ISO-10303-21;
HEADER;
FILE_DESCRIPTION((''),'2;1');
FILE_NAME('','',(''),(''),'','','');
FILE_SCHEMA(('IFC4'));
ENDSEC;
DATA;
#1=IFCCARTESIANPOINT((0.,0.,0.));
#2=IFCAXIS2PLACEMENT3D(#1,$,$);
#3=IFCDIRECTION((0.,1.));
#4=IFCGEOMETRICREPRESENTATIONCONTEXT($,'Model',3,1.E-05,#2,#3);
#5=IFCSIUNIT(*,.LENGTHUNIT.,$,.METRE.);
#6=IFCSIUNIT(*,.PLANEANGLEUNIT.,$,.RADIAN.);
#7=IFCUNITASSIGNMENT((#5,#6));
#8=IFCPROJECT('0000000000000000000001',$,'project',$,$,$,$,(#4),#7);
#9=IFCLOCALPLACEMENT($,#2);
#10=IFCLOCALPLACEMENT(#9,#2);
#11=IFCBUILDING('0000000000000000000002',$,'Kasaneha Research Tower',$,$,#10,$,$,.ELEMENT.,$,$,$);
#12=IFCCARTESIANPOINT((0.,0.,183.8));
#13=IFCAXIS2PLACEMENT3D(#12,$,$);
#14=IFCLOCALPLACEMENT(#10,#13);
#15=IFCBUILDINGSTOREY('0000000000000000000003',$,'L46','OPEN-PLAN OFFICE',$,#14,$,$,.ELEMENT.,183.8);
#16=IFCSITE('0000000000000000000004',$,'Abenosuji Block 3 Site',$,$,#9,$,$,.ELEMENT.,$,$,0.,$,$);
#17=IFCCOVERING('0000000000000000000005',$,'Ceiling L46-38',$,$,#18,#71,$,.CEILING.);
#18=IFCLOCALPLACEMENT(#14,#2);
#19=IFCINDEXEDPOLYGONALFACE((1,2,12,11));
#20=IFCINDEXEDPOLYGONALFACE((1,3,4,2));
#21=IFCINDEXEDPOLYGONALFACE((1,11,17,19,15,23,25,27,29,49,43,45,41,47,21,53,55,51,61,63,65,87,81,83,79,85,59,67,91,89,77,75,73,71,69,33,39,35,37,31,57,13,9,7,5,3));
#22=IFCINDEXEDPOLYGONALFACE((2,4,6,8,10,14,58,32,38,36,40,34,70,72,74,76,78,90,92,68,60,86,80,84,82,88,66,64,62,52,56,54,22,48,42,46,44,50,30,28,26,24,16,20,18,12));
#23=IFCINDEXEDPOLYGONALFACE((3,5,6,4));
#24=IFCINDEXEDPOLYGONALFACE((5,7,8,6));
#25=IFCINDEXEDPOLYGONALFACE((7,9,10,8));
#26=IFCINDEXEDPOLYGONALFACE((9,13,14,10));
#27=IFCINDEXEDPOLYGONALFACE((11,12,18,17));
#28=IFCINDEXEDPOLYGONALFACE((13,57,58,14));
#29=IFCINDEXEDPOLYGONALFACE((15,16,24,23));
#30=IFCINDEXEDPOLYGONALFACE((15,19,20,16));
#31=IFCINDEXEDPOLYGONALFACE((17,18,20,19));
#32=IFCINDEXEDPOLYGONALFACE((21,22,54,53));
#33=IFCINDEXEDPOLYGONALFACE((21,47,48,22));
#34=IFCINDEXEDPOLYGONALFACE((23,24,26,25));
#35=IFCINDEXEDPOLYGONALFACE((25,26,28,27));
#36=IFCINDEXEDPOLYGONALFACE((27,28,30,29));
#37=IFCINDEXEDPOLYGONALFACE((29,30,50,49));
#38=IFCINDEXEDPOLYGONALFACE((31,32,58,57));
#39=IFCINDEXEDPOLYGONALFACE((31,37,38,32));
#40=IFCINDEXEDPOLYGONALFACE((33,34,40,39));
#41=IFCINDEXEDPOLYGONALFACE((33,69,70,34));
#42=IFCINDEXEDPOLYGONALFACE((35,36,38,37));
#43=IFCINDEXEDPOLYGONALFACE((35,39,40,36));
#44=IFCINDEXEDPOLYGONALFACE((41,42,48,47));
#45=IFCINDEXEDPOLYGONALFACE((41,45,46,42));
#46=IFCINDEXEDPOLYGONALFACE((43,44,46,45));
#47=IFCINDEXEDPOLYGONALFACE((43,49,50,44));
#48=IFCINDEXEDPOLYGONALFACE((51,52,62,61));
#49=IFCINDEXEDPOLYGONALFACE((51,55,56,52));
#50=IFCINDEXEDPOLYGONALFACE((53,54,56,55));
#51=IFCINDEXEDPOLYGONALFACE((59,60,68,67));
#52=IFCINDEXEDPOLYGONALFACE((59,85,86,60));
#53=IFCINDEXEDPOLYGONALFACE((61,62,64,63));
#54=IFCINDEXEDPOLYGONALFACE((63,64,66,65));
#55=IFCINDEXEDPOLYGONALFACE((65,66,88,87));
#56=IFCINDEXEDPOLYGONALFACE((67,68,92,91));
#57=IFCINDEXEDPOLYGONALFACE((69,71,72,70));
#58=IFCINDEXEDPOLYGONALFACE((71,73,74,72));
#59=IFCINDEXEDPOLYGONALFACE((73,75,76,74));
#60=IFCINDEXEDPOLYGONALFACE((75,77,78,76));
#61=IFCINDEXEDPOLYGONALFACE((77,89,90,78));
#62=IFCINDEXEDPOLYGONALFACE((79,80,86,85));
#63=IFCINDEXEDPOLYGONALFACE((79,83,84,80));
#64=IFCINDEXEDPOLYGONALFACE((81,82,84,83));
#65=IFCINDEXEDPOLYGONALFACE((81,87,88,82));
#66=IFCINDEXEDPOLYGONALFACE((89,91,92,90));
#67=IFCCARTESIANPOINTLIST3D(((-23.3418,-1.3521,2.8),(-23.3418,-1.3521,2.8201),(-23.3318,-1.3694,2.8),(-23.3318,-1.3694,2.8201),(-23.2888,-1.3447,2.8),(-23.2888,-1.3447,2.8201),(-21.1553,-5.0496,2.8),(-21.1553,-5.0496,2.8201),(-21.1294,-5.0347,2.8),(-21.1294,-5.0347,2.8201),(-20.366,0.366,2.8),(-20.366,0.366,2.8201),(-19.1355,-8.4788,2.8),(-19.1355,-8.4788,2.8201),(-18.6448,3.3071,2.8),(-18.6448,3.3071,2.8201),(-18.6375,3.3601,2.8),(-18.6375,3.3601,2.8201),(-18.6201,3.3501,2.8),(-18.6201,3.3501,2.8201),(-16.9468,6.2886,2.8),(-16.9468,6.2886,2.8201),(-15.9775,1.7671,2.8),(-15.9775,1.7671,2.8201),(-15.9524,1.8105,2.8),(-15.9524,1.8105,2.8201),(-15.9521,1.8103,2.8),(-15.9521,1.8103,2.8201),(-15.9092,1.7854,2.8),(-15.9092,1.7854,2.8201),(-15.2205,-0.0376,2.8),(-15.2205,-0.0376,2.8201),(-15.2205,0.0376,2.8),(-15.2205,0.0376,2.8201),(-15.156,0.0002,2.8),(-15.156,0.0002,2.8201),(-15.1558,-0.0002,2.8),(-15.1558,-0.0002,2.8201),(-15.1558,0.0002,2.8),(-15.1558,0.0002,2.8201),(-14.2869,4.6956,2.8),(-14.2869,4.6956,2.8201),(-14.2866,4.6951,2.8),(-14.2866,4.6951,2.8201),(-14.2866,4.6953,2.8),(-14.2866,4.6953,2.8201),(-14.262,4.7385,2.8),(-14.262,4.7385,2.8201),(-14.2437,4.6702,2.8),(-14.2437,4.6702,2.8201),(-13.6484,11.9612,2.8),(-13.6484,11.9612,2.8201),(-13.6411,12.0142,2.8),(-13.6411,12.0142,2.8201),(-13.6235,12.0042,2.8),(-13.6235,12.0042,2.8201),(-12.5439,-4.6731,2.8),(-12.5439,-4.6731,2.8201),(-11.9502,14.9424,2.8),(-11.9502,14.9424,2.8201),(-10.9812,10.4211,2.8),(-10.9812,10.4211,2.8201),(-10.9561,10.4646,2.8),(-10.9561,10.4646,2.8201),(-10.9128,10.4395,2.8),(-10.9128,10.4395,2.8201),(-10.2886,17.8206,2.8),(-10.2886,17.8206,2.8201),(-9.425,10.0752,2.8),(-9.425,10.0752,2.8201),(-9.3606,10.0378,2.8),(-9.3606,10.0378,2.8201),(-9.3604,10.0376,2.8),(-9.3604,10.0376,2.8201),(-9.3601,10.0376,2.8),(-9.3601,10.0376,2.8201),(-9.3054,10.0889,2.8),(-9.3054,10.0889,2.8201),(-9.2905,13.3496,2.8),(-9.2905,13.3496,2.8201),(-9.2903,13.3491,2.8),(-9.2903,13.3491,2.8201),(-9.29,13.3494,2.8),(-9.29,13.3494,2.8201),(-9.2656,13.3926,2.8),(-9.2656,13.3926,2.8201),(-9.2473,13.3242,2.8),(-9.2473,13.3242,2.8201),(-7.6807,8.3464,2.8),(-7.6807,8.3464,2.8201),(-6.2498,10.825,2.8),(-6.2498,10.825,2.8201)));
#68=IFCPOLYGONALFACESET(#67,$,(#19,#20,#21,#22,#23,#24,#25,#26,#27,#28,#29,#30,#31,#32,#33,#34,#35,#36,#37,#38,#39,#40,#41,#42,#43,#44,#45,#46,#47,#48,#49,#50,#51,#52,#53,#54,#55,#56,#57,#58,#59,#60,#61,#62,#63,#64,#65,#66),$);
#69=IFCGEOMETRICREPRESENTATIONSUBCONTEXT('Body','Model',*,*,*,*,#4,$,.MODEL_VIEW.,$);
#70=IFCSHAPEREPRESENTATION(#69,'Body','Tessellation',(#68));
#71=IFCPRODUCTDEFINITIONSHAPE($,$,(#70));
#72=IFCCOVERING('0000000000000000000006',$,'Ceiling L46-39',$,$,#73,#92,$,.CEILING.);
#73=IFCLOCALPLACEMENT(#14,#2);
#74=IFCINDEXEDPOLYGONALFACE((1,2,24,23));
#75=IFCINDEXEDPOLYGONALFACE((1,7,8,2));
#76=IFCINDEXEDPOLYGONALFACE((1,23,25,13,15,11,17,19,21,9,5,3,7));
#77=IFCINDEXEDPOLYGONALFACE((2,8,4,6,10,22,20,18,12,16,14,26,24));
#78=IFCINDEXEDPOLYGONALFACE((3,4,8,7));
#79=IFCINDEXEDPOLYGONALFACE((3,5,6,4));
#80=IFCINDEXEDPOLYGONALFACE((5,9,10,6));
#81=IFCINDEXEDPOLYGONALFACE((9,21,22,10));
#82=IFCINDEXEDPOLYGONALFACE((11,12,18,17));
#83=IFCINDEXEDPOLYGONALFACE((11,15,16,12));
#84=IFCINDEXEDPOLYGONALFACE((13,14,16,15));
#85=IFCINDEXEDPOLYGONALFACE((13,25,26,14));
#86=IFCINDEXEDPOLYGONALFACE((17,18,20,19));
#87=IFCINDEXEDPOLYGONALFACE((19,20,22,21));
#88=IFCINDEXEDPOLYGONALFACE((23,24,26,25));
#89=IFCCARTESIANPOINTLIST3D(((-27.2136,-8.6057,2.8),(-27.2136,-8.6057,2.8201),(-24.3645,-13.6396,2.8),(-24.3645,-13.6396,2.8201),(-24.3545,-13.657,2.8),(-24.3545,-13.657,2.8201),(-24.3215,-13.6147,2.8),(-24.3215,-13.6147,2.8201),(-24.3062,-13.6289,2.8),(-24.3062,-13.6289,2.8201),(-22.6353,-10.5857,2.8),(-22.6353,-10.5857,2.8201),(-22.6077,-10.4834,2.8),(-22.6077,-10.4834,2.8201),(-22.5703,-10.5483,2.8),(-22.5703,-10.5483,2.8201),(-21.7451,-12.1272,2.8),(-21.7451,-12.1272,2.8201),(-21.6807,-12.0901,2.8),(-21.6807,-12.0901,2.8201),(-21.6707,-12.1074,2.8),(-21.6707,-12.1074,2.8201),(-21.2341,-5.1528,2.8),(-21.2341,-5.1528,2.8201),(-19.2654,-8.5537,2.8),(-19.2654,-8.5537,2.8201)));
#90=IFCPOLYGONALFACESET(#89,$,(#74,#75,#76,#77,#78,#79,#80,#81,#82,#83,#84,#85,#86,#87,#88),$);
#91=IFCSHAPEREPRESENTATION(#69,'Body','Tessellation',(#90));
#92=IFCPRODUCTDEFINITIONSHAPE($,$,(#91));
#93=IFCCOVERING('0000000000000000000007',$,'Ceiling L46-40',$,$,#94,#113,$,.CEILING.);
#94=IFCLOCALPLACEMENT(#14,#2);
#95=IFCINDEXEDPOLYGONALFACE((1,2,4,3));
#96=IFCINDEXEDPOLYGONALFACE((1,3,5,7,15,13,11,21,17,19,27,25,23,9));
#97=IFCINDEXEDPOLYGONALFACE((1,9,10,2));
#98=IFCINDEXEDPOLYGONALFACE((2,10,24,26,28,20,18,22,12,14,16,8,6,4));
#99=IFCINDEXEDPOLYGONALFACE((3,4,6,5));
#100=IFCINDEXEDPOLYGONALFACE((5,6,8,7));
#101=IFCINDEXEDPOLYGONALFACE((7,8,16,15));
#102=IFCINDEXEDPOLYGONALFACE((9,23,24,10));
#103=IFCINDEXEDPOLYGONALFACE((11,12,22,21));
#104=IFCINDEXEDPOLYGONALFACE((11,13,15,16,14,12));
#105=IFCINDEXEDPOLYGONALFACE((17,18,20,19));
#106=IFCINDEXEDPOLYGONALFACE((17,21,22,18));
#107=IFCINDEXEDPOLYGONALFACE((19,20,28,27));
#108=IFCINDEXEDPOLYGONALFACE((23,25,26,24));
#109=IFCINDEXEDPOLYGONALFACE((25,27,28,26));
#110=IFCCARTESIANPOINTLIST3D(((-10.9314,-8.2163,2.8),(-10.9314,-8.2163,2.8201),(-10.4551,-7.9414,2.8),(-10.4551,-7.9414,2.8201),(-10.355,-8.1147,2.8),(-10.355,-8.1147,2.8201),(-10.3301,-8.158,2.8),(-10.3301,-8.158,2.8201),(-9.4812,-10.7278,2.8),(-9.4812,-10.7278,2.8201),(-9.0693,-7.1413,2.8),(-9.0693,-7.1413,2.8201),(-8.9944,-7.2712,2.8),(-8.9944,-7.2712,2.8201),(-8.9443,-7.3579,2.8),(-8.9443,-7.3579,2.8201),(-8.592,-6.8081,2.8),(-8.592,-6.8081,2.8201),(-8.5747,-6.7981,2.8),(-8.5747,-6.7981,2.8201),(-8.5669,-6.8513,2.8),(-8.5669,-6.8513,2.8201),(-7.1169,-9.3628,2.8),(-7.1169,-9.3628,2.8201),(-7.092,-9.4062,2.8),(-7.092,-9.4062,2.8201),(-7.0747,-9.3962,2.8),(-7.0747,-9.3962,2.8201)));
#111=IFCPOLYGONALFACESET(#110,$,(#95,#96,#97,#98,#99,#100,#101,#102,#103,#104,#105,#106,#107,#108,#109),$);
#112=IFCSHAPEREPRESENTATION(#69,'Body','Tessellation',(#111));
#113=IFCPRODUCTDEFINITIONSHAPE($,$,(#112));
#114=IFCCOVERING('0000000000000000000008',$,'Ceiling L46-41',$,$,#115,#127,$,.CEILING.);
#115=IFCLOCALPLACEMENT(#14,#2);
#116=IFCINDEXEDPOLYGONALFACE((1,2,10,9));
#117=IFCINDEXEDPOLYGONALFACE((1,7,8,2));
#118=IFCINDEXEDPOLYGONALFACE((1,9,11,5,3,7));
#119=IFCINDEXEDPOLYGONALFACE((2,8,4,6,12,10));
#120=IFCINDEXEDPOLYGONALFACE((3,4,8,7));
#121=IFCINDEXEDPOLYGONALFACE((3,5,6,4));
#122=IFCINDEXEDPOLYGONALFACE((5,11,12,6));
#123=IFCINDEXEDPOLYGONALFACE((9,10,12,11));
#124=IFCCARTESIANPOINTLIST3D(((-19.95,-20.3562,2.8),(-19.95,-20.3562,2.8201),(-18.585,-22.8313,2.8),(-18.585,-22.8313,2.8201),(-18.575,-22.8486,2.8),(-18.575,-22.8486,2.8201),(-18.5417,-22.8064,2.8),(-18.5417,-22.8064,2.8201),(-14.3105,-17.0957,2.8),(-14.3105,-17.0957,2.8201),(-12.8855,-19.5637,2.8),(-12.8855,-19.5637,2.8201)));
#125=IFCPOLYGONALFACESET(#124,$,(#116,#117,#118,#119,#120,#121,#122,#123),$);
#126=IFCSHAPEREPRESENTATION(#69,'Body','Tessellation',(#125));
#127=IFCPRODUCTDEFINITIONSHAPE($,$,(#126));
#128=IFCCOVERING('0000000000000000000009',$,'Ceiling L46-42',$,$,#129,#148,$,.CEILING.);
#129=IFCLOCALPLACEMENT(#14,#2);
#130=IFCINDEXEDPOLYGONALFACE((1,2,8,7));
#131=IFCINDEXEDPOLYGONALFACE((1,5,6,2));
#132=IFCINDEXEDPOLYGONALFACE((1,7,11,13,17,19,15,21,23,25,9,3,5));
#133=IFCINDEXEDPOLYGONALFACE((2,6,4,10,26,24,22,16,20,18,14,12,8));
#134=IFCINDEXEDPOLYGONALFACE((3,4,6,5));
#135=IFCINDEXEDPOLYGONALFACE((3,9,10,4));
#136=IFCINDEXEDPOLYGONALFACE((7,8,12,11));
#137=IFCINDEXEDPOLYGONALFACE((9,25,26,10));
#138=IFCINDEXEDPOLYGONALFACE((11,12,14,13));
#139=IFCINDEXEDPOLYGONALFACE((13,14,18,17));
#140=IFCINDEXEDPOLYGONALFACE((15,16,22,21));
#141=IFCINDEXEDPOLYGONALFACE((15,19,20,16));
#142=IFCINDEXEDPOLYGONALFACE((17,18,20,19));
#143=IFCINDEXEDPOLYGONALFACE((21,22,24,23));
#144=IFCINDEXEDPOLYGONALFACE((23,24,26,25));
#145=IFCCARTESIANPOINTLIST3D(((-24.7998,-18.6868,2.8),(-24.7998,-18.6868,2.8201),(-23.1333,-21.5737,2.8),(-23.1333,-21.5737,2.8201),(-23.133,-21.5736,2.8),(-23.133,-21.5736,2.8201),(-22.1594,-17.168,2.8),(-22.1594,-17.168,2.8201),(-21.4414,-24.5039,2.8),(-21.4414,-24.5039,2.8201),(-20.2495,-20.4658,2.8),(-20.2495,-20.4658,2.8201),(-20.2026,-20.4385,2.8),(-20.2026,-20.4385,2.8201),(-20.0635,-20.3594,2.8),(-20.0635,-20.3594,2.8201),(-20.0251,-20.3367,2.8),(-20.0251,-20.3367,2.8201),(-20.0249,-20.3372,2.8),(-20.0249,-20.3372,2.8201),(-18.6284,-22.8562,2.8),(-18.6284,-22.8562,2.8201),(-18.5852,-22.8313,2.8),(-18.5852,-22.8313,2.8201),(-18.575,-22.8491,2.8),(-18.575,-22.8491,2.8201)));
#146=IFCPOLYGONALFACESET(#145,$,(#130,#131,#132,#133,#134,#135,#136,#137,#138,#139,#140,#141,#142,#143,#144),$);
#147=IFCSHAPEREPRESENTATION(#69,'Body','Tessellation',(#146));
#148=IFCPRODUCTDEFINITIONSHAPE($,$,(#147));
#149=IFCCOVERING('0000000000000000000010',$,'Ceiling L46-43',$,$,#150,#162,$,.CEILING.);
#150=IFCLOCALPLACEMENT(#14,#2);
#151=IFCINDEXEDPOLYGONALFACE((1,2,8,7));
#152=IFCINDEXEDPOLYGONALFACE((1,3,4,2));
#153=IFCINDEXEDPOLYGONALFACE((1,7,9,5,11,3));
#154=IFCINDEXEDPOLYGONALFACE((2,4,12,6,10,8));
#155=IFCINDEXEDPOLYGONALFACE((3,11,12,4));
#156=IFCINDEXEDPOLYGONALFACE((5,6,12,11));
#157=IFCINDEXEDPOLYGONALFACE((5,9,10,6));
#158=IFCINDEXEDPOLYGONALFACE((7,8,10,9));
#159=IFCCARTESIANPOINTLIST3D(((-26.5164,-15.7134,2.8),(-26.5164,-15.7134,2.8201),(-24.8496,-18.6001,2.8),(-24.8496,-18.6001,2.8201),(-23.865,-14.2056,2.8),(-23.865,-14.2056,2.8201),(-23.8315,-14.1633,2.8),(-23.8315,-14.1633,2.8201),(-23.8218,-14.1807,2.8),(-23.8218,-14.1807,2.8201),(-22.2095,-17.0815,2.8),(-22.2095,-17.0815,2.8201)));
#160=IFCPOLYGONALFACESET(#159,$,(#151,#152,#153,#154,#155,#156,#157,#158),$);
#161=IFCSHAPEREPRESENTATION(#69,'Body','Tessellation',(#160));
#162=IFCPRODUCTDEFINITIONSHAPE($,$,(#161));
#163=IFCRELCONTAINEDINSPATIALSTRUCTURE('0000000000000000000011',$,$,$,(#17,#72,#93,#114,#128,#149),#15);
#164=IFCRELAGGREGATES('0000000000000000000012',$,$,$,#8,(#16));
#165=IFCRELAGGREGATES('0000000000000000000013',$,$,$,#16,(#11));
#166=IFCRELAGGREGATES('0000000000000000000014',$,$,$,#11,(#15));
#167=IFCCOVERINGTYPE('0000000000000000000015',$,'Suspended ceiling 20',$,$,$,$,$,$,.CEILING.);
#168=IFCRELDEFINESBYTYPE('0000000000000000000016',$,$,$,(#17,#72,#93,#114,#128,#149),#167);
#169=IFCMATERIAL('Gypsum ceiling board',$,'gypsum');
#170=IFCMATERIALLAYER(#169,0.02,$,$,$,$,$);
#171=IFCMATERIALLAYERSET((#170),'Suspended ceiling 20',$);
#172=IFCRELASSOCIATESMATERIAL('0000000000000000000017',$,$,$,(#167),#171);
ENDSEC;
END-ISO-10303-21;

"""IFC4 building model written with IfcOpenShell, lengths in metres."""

from ifc_helpers import new_model, si_unit, direction, frame, origin, place, context, subcontext, project, spatial, polyline, outline, extrude, material, layer, layer_set, type_object, element, save


model = new_model("IFC4")

# Units and contexts
model_context = context("Model", 3, precision=1e-05, world=origin(), true_north=direction((0.0, 1.0)))
body_context = subcontext(model_context, "Body", "Model", "MODEL_VIEW")
ifc_project = project(units=[si_unit("LENGTHUNIT", "METRE"), si_unit("PLANEANGLEUNIT", "RADIAN")], contexts=[model_context])

# Site, building, storey
site_placement = place(None, origin())
site = spatial("IfcSite", under=ifc_project, at=site_placement, Name="Abenosuji Block 3 Site", CompositionType="ELEMENT", RefElevation=0.0)
building_placement = place(site_placement, origin())
building = spatial("IfcBuilding", under=site, at=building_placement, Name="Kasaneha Research Tower", CompositionType="ELEMENT")
storey_placement = place(building_placement, frame((0.0, 0.0, 183.8)))
storey = spatial("IfcBuildingStorey", under=building, at=storey_placement, Name="L46", Description="OPEN-PLAN OFFICE", CompositionType="ELEMENT", Elevation=183.8)

# Coverings
ifc_material_1 = material(Name="Gypsum ceiling board", Category="gypsum")
ifc_layer_1 = layer(ifc_material_1, 0.02)
ifc_layer_set_1 = layer_set([ifc_layer_1], Name="Suspended ceiling 20")
covering_type_1 = type_object("IfcCoveringType", Name="Suspended ceiling 20", PredefinedType="CEILING", material=ifc_layer_set_1)
covering_1_placement = place(storey_placement, frame((0.0, 0.0, 2.8)))
element("IfcCovering", 1, at=covering_1_placement, inside=storey, type_object=covering_type_1, Name="Ceiling L46-38", PredefinedType="CEILING", context=body_context, shape_type="SweptSolid", body=[
    extrude(outline(polyline([(-9.3606, 10.0378), (-9.3606, 10.0378), (-9.425, 10.0752), (-15.2205, 0.0376), (-15.1558, 0.0002), (-15.156, 0.0002), (-15.1558, -0.0002), (-15.2205, -0.0376), (-12.5439, -4.6731), (-19.1355, -8.4788), (-21.1294, -5.0347), (-21.1553, -5.0496), (-23.2888, -1.3447), (-23.3318, -1.3694), (-23.3418, -1.3521), (-20.366, 0.366), (-18.6375, 3.3601), (-18.6201, 3.3501), (-18.6448, 3.3071), (-15.9775, 1.7671), (-15.9524, 1.8105), (-15.9521, 1.8103), (-15.9521, 1.8103), (-15.9092, 1.7854), (-14.2437, 4.6702), (-14.2866, 4.6951), (-14.2866, 4.6953), (-14.2869, 4.6956), (-14.262, 4.7385), (-16.9468, 6.2886), (-13.6411, 12.0142), (-13.6235, 12.0042), (-13.6484, 11.9612), (-10.9812, 10.4211), (-10.9561, 10.4646), (-10.9128, 10.4395), (-9.2473, 13.3242), (-9.2903, 13.3491), (-9.29, 13.3494), (-9.2905, 13.3496), (-9.2656, 13.3926), (-11.9502, 14.9424), (-10.2886, 17.8206), (-6.2498, 10.825), (-7.6807, 8.3464), (-9.3054, 10.0889), (-9.3601, 10.0376), (-9.3604, 10.0376), (-9.3606, 10.0378)])), origin(), (0.0, 0.0, 1.0), 0.02),
])
covering_2_placement = place(storey_placement, frame((0.0, 0.0, 2.8)))
element("IfcCovering", 2, at=covering_2_placement, inside=storey, type_object=covering_type_1, Name="Ceiling L46-39", PredefinedType="CEILING", context=body_context, shape_type="SweptSolid", body=[
    extrude(outline(polyline([(-24.3062, -13.6289), (-24.3545, -13.657), (-24.3645, -13.6396), (-24.3215, -13.6147), (-27.2136, -8.6057), (-21.2341, -5.1528), (-19.2654, -8.5537), (-22.6077, -10.4834), (-22.5703, -10.5483), (-22.6353, -10.5857), (-21.7451, -12.1272), (-21.6807, -12.0901), (-21.6707, -12.1074), (-24.3062, -13.6289)])), origin(), (0.0, 0.0, 1.0), 0.02),
])
covering_3_placement = place(storey_placement, frame((0.0, 0.0, 2.8)))
element("IfcCovering", 3, at=covering_3_placement, inside=storey, type_object=covering_type_1, Name="Ceiling L46-40", PredefinedType="CEILING", context=body_context, shape_type="SweptSolid", body=[
    extrude(outline(polyline([(-10.355, -8.1147), (-10.355, -8.1147), (-10.3301, -8.158), (-8.9443, -7.3579), (-8.9944, -7.2712), (-8.9944, -7.2712), (-9.0942, -7.0981), (-9.0942, -7.0981), (-9.0693, -7.1414), (-8.5669, -6.8513), (-8.592, -6.8081), (-8.5747, -6.7981), (-7.0747, -9.3962), (-7.092, -9.4062), (-7.1169, -9.3628), (-9.4812, -10.7278), (-10.9314, -8.2163), (-10.4551, -7.9414), (-10.355, -8.1147)])), origin(), (0.0, 0.0, 1.0), 0.02),
])
covering_4_placement = place(storey_placement, frame((0.0, 0.0, 2.8)))
element("IfcCovering", 4, at=covering_4_placement, inside=storey, type_object=covering_type_1, Name="Ceiling L46-41", PredefinedType="CEILING", context=body_context, shape_type="SweptSolid", body=[
    extrude(outline(polyline([(-18.575, -22.8486), (-18.585, -22.8313), (-18.5417, -22.8064), (-19.95, -20.3562), (-14.3105, -17.0957), (-12.8855, -19.5637), (-18.575, -22.8486)])), origin(), (0.0, 0.0, 1.0), 0.02),
])
covering_5_placement = place(storey_placement, frame((0.0, 0.0, 2.8)))
element("IfcCovering", 5, at=covering_5_placement, inside=storey, type_object=covering_type_1, Name="Ceiling L46-42", PredefinedType="CEILING", context=body_context, shape_type="SweptSolid", body=[
    extrude(outline(polyline([(-20.0251, -20.3367), (-20.0249, -20.3372), (-20.0635, -20.3594), (-18.6284, -22.8562), (-18.5852, -22.8313), (-18.575, -22.8491), (-21.4414, -24.5039), (-23.1333, -21.5737), (-20.8503, -20.2556), (-23.1331, -21.5735), (-24.7998, -18.6868), (-22.1594, -17.168), (-20.2495, -20.4658), (-20.2026, -20.4385), (-20.0251, -20.3367)])), origin(), (0.0, 0.0, 1.0), 0.02),
])
covering_6_placement = place(storey_placement, frame((0.0, 0.0, 2.8)))
element("IfcCovering", 6, at=covering_6_placement, inside=storey, type_object=covering_type_1, Name="Ceiling L46-43", PredefinedType="CEILING", context=body_context, shape_type="SweptSolid", body=[
    extrude(outline(polyline([(-23.8315, -14.1633), (-23.8218, -14.1807), (-23.865, -14.2056), (-22.2095, -17.0815), (-24.8496, -18.6001), (-26.5164, -15.7134), (-23.8315, -14.1633)])), origin(), (0.0, 0.0, 1.0), 0.02),
])

save(model, "model.ifc")
